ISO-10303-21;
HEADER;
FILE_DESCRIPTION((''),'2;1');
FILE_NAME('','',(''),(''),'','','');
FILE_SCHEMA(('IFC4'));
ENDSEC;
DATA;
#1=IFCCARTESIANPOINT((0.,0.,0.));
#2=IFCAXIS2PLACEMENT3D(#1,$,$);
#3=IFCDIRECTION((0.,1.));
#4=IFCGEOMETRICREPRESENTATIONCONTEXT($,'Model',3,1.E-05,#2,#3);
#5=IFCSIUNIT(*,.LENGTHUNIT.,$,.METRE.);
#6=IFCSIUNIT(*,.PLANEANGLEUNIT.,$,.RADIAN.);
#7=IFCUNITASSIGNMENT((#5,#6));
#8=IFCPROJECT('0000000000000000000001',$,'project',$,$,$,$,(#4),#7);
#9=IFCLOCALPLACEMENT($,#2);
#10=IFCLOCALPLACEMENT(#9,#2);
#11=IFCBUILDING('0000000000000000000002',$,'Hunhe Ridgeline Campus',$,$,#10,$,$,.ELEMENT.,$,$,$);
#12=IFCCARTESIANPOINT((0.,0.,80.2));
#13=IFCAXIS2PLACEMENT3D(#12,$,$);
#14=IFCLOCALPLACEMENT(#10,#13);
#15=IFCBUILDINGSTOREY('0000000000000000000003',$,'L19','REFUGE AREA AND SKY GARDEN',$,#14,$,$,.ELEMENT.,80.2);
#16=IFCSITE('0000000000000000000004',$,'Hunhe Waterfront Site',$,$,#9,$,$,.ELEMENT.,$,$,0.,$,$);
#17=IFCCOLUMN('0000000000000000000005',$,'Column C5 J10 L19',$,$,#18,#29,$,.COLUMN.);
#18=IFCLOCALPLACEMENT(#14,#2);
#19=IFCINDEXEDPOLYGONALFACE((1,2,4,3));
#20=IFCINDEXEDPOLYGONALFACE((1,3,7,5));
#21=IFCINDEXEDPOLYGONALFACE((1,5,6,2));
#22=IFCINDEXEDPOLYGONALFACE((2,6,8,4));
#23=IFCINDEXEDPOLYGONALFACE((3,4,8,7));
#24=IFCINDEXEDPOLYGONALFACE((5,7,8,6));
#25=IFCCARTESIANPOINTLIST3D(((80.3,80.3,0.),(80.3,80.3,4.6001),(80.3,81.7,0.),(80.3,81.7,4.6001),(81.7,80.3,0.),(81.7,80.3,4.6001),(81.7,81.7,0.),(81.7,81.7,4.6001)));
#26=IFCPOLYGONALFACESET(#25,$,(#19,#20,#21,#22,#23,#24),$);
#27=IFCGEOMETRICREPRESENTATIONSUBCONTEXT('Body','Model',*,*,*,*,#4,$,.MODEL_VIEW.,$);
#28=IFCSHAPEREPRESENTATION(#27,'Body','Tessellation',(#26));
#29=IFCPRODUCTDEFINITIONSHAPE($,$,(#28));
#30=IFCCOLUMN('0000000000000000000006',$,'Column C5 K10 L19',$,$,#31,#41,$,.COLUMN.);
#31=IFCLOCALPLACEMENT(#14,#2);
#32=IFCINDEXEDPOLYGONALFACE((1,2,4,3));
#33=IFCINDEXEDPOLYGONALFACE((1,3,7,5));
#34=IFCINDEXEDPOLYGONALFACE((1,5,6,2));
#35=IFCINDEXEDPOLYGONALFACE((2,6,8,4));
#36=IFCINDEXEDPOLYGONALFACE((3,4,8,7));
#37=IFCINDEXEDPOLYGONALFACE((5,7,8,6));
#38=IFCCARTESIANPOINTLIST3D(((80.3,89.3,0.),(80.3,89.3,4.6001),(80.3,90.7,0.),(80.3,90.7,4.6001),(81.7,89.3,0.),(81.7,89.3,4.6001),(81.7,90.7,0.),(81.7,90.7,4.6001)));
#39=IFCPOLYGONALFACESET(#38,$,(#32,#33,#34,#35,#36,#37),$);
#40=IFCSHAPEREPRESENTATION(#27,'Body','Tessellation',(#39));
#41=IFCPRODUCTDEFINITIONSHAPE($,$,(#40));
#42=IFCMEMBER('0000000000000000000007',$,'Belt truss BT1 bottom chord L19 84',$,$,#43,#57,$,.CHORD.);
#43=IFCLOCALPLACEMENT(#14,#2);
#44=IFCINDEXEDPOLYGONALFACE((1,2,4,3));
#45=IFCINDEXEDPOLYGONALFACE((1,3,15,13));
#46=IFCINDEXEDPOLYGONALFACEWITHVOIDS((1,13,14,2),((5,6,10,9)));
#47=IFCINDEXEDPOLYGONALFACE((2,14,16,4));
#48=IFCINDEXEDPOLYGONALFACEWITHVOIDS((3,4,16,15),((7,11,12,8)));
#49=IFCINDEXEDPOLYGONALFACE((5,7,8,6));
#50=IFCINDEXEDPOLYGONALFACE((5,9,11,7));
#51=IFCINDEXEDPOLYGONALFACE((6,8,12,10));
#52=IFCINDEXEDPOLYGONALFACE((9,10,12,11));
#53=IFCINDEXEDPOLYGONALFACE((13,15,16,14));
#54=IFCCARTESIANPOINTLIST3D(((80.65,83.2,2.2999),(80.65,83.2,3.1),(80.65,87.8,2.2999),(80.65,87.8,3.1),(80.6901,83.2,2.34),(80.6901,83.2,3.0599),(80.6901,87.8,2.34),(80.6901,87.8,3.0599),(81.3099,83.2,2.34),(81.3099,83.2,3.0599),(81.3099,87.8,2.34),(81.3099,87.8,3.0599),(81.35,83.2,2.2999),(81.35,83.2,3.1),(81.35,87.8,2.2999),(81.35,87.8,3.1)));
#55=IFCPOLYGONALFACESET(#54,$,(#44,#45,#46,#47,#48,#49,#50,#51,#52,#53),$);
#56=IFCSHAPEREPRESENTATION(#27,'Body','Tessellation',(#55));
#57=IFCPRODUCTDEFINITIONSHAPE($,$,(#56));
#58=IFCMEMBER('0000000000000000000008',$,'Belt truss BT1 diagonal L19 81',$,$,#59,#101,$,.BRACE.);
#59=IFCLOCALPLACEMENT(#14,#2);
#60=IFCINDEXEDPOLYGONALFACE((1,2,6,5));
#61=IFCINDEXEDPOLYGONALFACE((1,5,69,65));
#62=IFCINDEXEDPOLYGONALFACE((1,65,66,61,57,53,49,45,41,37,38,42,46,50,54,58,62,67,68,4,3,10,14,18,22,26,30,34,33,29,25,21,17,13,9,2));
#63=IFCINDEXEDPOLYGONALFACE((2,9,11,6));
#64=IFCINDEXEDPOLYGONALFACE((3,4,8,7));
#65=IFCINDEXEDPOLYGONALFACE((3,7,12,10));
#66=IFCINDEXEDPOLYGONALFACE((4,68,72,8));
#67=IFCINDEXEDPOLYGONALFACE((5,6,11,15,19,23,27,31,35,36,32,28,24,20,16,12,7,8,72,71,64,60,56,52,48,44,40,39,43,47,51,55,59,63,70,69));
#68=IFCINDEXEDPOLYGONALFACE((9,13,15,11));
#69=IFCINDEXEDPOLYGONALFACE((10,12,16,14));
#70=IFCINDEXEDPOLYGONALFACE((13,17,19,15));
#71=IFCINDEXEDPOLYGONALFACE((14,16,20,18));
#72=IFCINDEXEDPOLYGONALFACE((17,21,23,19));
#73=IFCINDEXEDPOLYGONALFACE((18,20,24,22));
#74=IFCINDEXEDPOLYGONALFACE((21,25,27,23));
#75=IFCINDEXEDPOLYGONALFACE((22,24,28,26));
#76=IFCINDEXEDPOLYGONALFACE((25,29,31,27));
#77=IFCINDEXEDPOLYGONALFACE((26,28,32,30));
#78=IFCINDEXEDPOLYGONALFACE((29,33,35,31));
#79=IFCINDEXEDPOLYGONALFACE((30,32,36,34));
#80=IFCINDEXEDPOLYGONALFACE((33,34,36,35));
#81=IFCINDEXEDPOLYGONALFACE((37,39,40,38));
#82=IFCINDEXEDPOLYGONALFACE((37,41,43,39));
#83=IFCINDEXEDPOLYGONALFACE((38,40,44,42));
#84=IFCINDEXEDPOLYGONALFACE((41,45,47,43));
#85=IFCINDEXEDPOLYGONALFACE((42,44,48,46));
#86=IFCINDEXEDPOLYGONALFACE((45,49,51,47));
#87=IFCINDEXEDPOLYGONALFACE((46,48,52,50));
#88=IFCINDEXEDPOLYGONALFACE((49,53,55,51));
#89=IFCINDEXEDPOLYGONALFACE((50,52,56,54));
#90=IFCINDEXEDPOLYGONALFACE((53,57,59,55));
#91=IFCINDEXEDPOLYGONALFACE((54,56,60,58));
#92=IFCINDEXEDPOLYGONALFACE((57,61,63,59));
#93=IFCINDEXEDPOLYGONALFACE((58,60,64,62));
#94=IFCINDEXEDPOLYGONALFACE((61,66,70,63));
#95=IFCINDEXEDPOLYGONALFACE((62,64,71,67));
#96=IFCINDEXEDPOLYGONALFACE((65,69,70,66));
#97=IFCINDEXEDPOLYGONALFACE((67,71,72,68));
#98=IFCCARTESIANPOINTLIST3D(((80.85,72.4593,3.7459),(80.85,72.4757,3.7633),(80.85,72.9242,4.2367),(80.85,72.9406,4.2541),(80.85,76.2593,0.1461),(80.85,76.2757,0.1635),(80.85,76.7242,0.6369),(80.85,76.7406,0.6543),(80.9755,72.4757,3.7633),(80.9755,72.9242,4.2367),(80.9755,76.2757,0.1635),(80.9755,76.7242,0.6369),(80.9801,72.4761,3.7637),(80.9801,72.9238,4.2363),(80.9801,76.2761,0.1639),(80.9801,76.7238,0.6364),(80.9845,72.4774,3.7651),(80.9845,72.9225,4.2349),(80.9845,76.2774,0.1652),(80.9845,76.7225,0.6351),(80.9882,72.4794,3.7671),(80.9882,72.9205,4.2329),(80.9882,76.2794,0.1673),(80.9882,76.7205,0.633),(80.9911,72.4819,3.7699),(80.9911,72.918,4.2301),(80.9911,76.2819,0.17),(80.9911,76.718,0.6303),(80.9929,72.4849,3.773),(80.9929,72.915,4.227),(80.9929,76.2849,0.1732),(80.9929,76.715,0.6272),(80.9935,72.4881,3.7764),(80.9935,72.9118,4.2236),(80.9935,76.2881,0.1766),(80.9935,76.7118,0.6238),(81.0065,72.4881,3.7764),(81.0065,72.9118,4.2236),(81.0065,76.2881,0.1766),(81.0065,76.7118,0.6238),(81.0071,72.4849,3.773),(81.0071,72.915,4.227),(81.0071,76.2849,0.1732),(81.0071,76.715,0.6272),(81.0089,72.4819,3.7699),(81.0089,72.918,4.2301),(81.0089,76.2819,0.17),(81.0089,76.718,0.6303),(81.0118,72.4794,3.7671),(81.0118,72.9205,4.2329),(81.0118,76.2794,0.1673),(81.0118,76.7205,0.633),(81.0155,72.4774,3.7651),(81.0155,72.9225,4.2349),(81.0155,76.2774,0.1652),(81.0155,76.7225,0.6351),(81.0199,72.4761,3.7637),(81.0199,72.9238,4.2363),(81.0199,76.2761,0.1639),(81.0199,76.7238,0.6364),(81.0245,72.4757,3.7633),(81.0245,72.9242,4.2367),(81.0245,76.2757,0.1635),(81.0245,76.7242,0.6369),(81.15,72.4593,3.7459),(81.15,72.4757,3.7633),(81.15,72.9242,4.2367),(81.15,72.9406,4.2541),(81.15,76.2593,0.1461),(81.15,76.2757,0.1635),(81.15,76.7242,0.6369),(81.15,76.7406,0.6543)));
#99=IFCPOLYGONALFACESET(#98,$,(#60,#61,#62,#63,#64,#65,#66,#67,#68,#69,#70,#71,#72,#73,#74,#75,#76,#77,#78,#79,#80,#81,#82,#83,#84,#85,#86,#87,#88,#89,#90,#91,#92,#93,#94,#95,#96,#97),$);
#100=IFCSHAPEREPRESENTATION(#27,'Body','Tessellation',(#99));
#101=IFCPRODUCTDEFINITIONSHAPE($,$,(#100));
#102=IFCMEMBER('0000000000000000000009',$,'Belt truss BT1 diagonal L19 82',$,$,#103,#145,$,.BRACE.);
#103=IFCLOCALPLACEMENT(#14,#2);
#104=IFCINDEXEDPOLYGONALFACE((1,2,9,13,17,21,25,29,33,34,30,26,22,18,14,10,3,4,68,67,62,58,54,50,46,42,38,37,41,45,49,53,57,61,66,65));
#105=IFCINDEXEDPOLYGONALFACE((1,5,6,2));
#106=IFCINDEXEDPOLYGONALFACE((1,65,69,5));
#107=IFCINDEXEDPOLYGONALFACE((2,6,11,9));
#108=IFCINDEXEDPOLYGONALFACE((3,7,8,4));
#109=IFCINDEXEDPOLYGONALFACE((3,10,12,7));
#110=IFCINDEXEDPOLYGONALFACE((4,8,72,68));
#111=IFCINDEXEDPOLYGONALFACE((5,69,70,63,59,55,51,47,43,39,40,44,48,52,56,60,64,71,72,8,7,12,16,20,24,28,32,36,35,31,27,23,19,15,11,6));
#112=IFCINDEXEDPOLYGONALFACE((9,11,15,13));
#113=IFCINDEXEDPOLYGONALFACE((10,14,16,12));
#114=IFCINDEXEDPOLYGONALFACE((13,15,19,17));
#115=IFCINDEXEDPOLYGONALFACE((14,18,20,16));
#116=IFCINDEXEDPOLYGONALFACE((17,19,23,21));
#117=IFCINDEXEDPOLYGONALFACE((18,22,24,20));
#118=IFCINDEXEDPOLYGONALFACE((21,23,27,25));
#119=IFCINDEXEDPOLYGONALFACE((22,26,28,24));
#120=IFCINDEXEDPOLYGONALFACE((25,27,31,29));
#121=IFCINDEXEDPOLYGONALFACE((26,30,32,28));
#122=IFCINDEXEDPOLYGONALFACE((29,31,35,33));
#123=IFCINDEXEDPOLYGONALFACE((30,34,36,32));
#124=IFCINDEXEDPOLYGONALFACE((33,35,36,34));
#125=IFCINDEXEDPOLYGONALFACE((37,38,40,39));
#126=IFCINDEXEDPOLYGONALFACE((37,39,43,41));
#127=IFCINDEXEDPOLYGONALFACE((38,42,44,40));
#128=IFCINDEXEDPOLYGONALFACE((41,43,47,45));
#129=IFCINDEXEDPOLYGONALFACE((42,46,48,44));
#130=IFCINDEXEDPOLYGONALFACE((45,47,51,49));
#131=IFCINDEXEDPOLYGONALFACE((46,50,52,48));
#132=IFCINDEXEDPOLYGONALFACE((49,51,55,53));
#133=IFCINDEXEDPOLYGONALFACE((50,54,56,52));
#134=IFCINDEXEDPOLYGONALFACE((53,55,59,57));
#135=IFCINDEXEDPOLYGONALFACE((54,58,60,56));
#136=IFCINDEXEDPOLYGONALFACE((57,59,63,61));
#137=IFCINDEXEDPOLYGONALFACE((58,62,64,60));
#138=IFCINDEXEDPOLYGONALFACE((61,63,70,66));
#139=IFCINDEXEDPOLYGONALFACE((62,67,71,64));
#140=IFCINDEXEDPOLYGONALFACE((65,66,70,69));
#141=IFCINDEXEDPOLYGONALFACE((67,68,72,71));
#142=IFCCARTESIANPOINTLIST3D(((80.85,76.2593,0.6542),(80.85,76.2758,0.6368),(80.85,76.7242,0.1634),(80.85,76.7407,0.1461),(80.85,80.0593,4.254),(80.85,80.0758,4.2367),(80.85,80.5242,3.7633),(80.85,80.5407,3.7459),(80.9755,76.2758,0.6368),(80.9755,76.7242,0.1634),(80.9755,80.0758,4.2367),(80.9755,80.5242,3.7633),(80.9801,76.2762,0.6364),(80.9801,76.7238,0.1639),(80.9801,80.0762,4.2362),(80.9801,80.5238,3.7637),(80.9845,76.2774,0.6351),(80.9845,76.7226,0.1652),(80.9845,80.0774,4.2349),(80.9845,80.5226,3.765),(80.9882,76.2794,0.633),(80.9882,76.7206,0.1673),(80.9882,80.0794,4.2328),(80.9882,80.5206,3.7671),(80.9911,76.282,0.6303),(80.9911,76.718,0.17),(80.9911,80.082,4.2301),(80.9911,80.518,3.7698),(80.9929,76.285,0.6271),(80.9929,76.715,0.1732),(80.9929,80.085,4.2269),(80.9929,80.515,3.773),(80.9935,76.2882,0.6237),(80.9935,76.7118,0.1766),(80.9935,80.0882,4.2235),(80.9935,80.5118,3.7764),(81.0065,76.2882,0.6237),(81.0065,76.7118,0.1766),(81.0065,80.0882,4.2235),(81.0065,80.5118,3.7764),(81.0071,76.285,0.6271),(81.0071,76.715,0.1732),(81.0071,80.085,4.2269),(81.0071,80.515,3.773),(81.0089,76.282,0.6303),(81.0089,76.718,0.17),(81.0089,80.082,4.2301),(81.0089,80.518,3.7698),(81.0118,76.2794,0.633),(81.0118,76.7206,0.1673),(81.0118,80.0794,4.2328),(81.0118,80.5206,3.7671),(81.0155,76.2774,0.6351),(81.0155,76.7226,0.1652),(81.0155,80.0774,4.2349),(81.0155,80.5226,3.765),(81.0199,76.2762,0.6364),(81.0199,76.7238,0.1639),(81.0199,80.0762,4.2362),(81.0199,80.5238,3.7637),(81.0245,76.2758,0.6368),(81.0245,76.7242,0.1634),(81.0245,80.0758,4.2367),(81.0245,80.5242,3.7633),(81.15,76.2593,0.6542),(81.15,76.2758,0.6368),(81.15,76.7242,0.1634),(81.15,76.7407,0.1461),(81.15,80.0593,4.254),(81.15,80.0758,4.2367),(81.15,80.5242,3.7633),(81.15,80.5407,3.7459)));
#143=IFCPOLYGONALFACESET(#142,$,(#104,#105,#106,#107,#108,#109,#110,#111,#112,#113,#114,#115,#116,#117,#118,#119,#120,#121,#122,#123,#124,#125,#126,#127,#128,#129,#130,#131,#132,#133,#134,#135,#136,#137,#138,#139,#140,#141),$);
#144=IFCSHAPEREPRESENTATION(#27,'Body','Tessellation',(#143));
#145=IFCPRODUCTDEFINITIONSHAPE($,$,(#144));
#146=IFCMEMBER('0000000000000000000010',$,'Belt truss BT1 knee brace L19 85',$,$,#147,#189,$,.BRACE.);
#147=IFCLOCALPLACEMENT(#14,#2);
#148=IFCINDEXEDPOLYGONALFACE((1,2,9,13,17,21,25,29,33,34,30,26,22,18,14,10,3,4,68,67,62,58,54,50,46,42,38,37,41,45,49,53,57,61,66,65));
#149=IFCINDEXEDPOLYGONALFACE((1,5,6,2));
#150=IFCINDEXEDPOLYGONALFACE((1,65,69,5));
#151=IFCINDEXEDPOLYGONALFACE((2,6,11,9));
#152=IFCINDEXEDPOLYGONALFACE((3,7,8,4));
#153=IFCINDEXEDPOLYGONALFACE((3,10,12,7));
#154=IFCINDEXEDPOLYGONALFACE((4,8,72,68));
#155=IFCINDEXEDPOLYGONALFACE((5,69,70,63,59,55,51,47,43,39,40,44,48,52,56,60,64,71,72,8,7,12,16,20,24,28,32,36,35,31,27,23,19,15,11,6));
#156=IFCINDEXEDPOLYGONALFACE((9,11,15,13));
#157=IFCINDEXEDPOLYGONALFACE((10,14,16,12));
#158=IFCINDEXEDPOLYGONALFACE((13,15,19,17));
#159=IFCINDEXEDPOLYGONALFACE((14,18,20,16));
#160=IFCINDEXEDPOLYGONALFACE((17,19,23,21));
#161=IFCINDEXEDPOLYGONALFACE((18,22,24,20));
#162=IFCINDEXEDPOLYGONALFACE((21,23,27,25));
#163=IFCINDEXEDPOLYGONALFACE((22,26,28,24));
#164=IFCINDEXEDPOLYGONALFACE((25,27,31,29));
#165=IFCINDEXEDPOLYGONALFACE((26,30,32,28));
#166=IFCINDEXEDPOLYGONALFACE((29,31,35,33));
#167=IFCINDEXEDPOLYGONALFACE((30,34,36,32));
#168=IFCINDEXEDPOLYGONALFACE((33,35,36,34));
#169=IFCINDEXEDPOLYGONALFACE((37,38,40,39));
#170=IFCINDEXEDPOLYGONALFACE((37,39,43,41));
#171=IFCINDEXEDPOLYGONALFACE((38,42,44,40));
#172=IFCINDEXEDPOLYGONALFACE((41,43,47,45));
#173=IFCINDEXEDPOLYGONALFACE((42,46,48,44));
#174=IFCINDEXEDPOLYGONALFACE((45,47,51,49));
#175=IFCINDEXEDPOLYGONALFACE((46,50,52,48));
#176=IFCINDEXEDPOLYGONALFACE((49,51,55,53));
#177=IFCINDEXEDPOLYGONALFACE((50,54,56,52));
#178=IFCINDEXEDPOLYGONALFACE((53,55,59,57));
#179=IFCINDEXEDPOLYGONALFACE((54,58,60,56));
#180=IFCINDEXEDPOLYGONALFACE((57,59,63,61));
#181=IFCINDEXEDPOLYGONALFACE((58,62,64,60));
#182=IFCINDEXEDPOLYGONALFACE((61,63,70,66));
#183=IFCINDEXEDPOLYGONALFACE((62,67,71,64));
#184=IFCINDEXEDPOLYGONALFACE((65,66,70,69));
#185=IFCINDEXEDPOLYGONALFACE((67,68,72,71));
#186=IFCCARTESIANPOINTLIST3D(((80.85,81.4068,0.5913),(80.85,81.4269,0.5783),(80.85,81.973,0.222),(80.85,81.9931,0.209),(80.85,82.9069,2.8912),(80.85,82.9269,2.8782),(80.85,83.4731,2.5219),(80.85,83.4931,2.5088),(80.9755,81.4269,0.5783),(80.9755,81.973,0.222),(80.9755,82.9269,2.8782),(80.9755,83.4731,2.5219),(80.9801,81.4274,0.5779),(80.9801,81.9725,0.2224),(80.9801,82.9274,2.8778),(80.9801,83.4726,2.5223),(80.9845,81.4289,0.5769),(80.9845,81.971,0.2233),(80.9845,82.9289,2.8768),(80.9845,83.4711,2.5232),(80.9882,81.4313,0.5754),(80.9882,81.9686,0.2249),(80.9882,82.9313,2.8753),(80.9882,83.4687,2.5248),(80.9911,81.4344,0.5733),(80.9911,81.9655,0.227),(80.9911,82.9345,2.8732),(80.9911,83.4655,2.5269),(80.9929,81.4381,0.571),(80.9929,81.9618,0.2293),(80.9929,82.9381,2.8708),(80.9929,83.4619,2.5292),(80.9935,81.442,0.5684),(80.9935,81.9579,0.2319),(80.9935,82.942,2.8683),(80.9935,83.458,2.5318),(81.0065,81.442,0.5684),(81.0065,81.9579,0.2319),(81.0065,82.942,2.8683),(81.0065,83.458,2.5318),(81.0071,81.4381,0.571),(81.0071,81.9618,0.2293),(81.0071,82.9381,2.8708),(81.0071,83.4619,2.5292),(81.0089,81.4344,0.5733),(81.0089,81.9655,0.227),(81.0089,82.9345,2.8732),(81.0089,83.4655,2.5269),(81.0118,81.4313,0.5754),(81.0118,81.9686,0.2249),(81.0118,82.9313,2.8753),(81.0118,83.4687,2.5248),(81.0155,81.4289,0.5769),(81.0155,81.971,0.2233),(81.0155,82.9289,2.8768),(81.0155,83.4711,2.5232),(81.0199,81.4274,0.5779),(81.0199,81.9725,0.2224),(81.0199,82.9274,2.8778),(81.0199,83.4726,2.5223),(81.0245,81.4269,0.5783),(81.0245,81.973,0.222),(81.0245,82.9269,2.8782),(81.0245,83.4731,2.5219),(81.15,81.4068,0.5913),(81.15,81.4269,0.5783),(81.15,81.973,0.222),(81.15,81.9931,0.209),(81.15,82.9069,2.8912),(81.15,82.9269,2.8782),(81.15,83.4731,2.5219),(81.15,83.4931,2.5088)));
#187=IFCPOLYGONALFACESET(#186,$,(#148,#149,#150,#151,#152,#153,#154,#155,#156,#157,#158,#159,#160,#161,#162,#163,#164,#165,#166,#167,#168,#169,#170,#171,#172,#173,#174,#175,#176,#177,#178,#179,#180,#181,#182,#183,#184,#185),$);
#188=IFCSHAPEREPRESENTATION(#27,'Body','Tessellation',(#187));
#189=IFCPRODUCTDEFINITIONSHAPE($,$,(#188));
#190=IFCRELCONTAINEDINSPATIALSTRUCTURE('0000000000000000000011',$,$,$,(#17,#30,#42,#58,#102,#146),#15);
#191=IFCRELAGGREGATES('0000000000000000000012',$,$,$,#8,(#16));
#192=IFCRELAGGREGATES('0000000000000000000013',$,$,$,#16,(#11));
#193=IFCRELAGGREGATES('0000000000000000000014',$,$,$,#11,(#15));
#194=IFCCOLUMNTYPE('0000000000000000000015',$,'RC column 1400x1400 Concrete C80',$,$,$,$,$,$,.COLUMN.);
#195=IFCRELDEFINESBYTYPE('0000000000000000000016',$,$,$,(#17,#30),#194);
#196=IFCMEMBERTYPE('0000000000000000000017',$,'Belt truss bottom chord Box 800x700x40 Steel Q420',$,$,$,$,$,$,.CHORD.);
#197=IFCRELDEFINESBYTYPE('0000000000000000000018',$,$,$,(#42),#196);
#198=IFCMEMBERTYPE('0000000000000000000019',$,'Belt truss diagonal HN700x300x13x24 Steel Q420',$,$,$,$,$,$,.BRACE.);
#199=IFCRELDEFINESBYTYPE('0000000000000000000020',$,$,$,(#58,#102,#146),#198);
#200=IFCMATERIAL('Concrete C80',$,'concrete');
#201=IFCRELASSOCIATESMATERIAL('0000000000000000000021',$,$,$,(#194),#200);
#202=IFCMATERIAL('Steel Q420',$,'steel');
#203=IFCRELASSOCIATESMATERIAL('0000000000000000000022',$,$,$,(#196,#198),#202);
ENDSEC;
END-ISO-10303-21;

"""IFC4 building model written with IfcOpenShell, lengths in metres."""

from ifc_helpers import new_model, si_unit, direction, frame, origin, origin_2d, place, context, subcontext, project, spatial, rectangle, hollow_rectangle, i_section, extrude, material, material_profile, profile_set, type_object, element, save


model = new_model("IFC4")

# Units and contexts
model_context = context("Model", 3, precision=1e-05, world=origin(), true_north=direction((0.0, 1.0)))
body_context = subcontext(model_context, "Body", "Model", "MODEL_VIEW")
ifc_project = project(units=[si_unit("LENGTHUNIT", "METRE"), si_unit("PLANEANGLEUNIT", "RADIAN")], contexts=[model_context])

# Site, building, storey
site_placement = place(None, origin())
site = spatial("IfcSite", under=ifc_project, at=site_placement, Name="Hunhe Waterfront Site", CompositionType="ELEMENT", RefElevation=0.0)
building_placement = place(site_placement, origin())
building = spatial("IfcBuilding", under=site, at=building_placement, Name="Hunhe Ridgeline Campus", CompositionType="ELEMENT")
storey_placement = place(building_placement, frame((0.0, 0.0, 80.2)))
storey = spatial("IfcBuildingStorey", under=building, at=storey_placement, Name="L19", Description="REFUGE AREA AND SKY GARDEN", CompositionType="ELEMENT", Elevation=80.2)

# Columns
ifc_material_1 = material(Name="Concrete C80", Category="concrete")
ifc_material_profile_1 = material_profile(ifc_material_1, rectangle(XDim=1.3999, YDim=1.3999, at=origin_2d()))
ifc_profile_set_1 = profile_set([ifc_material_profile_1], Name="Concrete C80")
column_type = type_object("IfcColumnType", Name="RC column 1400x1400 Concrete C80", PredefinedType="COLUMN", material=ifc_profile_set_1)
for number, where, z_axis, x_axis, name in (
    (1, (81.0, 81.0, 0.0), (0.0, 0.0, 1.0), (1.0, 0.0, 0.0), "Column C5 J10 L19"),
    (2, (81.0, 90.0, 0.0), (0.0, 0.0, 1.0), (1.0, 0.0, 0.0), "Column C5 K10 L19"),
):
    element("IfcColumn", number, at=place(storey_placement, frame(where, z_axis=z_axis, x_axis=x_axis)), inside=storey, type_object=column_type, Name=name, PredefinedType="COLUMN", context=body_context, shape_type="SweptSolid", body=[
        extrude(rectangle(XDim=1.3999, YDim=1.3999, at=origin_2d()), origin(), (0.0, 0.0, 1.0), 4.6001),
    ])

# Members
ifc_material_2 = material(Name="Steel Q420", Category="steel")
ifc_material_profile_2 = material_profile(ifc_material_2, hollow_rectangle(XDim=0.7, YDim=0.8, WallThickness=0.04, at=origin_2d()))
ifc_profile_set_2 = profile_set([ifc_material_profile_2], Name="Steel Q420")
member_type_1 = type_object("IfcMemberType", Name="Belt truss bottom chord Box 800x700x40 Steel Q420", PredefinedType="CHORD", material=ifc_profile_set_2)
member_1_placement = place(storey_placement, frame((81.0, 83.2, 2.7), z_axis=(0.0, 1.0, 0.0), x_axis=(-1.0, 0.0, 0.0)))
element("IfcMember", 3, at=member_1_placement, inside=storey, type_object=member_type_1, Name="Belt truss BT1 bottom chord L19 84", PredefinedType="CHORD", context=body_context, shape_type="SweptSolid", body=[
    extrude(hollow_rectangle(XDim=0.7, YDim=0.8, WallThickness=0.04, at=origin_2d()), origin(), (0.0, 0.0, 1.0), 4.6001),
])
ifc_material_profile_3 = material_profile(ifc_material_2, i_section(OverallWidth=0.3, OverallDepth=0.7, WebThickness=0.0129, FlangeThickness=0.0239, FilletRadius=0.0181, at=origin_2d()))
ifc_profile_set_3 = profile_set([ifc_material_profile_3], Name="Steel Q420")
member_type_2 = type_object("IfcMemberType", Name="Belt truss diagonal HN700x300x13x24 Steel Q420", PredefinedType="BRACE", material=ifc_profile_set_3)
for number, where, z_axis, x_axis, name in (
    (4, (81.0, 72.7, 4.0), (0.0, 0.725971, -0.687725), (-1.0, 0.0, 0.0), "Belt truss BT1 diagonal L19 81"),
    (5, (81.0, 76.5, 0.4001), (0.0, 0.725971, 0.687725), (-1.0, 0.0, 0.0), "Belt truss BT1 diagonal L19 82"),
):
    element("IfcMember", number, at=place(storey_placement, frame(where, z_axis=z_axis, x_axis=x_axis)), inside=storey, type_object=member_type_2, Name=name, PredefinedType="BRACE", context=body_context, shape_type="SweptSolid", body=[
        extrude(i_section(OverallWidth=0.3, OverallDepth=0.7, WebThickness=0.0129, FlangeThickness=0.0239, FilletRadius=0.0181, at=origin_2d()), origin(), (0.0, 0.0, 1.0), 5.2344),
    ])
for number, where, z_axis, x_axis, name in (
    (6, (81.0, 81.7, 0.4001), (0.0, 0.5463, 0.837589), (-1.0, 0.0, 0.0), "Belt truss BT1 knee brace L19 85"),
):
    element("IfcMember", number, at=place(storey_placement, frame(where, z_axis=z_axis, x_axis=x_axis)), inside=storey, type_object=member_type_2, Name=name, PredefinedType="BRACE", context=body_context, shape_type="SweptSolid", body=[
        extrude(i_section(OverallWidth=0.3, OverallDepth=0.7, WebThickness=0.0129, FlangeThickness=0.0239, FilletRadius=0.0181, at=origin_2d()), origin(), (0.0, 0.0, 1.0), 2.7458),
    ])

save(model, "model.ifc")
